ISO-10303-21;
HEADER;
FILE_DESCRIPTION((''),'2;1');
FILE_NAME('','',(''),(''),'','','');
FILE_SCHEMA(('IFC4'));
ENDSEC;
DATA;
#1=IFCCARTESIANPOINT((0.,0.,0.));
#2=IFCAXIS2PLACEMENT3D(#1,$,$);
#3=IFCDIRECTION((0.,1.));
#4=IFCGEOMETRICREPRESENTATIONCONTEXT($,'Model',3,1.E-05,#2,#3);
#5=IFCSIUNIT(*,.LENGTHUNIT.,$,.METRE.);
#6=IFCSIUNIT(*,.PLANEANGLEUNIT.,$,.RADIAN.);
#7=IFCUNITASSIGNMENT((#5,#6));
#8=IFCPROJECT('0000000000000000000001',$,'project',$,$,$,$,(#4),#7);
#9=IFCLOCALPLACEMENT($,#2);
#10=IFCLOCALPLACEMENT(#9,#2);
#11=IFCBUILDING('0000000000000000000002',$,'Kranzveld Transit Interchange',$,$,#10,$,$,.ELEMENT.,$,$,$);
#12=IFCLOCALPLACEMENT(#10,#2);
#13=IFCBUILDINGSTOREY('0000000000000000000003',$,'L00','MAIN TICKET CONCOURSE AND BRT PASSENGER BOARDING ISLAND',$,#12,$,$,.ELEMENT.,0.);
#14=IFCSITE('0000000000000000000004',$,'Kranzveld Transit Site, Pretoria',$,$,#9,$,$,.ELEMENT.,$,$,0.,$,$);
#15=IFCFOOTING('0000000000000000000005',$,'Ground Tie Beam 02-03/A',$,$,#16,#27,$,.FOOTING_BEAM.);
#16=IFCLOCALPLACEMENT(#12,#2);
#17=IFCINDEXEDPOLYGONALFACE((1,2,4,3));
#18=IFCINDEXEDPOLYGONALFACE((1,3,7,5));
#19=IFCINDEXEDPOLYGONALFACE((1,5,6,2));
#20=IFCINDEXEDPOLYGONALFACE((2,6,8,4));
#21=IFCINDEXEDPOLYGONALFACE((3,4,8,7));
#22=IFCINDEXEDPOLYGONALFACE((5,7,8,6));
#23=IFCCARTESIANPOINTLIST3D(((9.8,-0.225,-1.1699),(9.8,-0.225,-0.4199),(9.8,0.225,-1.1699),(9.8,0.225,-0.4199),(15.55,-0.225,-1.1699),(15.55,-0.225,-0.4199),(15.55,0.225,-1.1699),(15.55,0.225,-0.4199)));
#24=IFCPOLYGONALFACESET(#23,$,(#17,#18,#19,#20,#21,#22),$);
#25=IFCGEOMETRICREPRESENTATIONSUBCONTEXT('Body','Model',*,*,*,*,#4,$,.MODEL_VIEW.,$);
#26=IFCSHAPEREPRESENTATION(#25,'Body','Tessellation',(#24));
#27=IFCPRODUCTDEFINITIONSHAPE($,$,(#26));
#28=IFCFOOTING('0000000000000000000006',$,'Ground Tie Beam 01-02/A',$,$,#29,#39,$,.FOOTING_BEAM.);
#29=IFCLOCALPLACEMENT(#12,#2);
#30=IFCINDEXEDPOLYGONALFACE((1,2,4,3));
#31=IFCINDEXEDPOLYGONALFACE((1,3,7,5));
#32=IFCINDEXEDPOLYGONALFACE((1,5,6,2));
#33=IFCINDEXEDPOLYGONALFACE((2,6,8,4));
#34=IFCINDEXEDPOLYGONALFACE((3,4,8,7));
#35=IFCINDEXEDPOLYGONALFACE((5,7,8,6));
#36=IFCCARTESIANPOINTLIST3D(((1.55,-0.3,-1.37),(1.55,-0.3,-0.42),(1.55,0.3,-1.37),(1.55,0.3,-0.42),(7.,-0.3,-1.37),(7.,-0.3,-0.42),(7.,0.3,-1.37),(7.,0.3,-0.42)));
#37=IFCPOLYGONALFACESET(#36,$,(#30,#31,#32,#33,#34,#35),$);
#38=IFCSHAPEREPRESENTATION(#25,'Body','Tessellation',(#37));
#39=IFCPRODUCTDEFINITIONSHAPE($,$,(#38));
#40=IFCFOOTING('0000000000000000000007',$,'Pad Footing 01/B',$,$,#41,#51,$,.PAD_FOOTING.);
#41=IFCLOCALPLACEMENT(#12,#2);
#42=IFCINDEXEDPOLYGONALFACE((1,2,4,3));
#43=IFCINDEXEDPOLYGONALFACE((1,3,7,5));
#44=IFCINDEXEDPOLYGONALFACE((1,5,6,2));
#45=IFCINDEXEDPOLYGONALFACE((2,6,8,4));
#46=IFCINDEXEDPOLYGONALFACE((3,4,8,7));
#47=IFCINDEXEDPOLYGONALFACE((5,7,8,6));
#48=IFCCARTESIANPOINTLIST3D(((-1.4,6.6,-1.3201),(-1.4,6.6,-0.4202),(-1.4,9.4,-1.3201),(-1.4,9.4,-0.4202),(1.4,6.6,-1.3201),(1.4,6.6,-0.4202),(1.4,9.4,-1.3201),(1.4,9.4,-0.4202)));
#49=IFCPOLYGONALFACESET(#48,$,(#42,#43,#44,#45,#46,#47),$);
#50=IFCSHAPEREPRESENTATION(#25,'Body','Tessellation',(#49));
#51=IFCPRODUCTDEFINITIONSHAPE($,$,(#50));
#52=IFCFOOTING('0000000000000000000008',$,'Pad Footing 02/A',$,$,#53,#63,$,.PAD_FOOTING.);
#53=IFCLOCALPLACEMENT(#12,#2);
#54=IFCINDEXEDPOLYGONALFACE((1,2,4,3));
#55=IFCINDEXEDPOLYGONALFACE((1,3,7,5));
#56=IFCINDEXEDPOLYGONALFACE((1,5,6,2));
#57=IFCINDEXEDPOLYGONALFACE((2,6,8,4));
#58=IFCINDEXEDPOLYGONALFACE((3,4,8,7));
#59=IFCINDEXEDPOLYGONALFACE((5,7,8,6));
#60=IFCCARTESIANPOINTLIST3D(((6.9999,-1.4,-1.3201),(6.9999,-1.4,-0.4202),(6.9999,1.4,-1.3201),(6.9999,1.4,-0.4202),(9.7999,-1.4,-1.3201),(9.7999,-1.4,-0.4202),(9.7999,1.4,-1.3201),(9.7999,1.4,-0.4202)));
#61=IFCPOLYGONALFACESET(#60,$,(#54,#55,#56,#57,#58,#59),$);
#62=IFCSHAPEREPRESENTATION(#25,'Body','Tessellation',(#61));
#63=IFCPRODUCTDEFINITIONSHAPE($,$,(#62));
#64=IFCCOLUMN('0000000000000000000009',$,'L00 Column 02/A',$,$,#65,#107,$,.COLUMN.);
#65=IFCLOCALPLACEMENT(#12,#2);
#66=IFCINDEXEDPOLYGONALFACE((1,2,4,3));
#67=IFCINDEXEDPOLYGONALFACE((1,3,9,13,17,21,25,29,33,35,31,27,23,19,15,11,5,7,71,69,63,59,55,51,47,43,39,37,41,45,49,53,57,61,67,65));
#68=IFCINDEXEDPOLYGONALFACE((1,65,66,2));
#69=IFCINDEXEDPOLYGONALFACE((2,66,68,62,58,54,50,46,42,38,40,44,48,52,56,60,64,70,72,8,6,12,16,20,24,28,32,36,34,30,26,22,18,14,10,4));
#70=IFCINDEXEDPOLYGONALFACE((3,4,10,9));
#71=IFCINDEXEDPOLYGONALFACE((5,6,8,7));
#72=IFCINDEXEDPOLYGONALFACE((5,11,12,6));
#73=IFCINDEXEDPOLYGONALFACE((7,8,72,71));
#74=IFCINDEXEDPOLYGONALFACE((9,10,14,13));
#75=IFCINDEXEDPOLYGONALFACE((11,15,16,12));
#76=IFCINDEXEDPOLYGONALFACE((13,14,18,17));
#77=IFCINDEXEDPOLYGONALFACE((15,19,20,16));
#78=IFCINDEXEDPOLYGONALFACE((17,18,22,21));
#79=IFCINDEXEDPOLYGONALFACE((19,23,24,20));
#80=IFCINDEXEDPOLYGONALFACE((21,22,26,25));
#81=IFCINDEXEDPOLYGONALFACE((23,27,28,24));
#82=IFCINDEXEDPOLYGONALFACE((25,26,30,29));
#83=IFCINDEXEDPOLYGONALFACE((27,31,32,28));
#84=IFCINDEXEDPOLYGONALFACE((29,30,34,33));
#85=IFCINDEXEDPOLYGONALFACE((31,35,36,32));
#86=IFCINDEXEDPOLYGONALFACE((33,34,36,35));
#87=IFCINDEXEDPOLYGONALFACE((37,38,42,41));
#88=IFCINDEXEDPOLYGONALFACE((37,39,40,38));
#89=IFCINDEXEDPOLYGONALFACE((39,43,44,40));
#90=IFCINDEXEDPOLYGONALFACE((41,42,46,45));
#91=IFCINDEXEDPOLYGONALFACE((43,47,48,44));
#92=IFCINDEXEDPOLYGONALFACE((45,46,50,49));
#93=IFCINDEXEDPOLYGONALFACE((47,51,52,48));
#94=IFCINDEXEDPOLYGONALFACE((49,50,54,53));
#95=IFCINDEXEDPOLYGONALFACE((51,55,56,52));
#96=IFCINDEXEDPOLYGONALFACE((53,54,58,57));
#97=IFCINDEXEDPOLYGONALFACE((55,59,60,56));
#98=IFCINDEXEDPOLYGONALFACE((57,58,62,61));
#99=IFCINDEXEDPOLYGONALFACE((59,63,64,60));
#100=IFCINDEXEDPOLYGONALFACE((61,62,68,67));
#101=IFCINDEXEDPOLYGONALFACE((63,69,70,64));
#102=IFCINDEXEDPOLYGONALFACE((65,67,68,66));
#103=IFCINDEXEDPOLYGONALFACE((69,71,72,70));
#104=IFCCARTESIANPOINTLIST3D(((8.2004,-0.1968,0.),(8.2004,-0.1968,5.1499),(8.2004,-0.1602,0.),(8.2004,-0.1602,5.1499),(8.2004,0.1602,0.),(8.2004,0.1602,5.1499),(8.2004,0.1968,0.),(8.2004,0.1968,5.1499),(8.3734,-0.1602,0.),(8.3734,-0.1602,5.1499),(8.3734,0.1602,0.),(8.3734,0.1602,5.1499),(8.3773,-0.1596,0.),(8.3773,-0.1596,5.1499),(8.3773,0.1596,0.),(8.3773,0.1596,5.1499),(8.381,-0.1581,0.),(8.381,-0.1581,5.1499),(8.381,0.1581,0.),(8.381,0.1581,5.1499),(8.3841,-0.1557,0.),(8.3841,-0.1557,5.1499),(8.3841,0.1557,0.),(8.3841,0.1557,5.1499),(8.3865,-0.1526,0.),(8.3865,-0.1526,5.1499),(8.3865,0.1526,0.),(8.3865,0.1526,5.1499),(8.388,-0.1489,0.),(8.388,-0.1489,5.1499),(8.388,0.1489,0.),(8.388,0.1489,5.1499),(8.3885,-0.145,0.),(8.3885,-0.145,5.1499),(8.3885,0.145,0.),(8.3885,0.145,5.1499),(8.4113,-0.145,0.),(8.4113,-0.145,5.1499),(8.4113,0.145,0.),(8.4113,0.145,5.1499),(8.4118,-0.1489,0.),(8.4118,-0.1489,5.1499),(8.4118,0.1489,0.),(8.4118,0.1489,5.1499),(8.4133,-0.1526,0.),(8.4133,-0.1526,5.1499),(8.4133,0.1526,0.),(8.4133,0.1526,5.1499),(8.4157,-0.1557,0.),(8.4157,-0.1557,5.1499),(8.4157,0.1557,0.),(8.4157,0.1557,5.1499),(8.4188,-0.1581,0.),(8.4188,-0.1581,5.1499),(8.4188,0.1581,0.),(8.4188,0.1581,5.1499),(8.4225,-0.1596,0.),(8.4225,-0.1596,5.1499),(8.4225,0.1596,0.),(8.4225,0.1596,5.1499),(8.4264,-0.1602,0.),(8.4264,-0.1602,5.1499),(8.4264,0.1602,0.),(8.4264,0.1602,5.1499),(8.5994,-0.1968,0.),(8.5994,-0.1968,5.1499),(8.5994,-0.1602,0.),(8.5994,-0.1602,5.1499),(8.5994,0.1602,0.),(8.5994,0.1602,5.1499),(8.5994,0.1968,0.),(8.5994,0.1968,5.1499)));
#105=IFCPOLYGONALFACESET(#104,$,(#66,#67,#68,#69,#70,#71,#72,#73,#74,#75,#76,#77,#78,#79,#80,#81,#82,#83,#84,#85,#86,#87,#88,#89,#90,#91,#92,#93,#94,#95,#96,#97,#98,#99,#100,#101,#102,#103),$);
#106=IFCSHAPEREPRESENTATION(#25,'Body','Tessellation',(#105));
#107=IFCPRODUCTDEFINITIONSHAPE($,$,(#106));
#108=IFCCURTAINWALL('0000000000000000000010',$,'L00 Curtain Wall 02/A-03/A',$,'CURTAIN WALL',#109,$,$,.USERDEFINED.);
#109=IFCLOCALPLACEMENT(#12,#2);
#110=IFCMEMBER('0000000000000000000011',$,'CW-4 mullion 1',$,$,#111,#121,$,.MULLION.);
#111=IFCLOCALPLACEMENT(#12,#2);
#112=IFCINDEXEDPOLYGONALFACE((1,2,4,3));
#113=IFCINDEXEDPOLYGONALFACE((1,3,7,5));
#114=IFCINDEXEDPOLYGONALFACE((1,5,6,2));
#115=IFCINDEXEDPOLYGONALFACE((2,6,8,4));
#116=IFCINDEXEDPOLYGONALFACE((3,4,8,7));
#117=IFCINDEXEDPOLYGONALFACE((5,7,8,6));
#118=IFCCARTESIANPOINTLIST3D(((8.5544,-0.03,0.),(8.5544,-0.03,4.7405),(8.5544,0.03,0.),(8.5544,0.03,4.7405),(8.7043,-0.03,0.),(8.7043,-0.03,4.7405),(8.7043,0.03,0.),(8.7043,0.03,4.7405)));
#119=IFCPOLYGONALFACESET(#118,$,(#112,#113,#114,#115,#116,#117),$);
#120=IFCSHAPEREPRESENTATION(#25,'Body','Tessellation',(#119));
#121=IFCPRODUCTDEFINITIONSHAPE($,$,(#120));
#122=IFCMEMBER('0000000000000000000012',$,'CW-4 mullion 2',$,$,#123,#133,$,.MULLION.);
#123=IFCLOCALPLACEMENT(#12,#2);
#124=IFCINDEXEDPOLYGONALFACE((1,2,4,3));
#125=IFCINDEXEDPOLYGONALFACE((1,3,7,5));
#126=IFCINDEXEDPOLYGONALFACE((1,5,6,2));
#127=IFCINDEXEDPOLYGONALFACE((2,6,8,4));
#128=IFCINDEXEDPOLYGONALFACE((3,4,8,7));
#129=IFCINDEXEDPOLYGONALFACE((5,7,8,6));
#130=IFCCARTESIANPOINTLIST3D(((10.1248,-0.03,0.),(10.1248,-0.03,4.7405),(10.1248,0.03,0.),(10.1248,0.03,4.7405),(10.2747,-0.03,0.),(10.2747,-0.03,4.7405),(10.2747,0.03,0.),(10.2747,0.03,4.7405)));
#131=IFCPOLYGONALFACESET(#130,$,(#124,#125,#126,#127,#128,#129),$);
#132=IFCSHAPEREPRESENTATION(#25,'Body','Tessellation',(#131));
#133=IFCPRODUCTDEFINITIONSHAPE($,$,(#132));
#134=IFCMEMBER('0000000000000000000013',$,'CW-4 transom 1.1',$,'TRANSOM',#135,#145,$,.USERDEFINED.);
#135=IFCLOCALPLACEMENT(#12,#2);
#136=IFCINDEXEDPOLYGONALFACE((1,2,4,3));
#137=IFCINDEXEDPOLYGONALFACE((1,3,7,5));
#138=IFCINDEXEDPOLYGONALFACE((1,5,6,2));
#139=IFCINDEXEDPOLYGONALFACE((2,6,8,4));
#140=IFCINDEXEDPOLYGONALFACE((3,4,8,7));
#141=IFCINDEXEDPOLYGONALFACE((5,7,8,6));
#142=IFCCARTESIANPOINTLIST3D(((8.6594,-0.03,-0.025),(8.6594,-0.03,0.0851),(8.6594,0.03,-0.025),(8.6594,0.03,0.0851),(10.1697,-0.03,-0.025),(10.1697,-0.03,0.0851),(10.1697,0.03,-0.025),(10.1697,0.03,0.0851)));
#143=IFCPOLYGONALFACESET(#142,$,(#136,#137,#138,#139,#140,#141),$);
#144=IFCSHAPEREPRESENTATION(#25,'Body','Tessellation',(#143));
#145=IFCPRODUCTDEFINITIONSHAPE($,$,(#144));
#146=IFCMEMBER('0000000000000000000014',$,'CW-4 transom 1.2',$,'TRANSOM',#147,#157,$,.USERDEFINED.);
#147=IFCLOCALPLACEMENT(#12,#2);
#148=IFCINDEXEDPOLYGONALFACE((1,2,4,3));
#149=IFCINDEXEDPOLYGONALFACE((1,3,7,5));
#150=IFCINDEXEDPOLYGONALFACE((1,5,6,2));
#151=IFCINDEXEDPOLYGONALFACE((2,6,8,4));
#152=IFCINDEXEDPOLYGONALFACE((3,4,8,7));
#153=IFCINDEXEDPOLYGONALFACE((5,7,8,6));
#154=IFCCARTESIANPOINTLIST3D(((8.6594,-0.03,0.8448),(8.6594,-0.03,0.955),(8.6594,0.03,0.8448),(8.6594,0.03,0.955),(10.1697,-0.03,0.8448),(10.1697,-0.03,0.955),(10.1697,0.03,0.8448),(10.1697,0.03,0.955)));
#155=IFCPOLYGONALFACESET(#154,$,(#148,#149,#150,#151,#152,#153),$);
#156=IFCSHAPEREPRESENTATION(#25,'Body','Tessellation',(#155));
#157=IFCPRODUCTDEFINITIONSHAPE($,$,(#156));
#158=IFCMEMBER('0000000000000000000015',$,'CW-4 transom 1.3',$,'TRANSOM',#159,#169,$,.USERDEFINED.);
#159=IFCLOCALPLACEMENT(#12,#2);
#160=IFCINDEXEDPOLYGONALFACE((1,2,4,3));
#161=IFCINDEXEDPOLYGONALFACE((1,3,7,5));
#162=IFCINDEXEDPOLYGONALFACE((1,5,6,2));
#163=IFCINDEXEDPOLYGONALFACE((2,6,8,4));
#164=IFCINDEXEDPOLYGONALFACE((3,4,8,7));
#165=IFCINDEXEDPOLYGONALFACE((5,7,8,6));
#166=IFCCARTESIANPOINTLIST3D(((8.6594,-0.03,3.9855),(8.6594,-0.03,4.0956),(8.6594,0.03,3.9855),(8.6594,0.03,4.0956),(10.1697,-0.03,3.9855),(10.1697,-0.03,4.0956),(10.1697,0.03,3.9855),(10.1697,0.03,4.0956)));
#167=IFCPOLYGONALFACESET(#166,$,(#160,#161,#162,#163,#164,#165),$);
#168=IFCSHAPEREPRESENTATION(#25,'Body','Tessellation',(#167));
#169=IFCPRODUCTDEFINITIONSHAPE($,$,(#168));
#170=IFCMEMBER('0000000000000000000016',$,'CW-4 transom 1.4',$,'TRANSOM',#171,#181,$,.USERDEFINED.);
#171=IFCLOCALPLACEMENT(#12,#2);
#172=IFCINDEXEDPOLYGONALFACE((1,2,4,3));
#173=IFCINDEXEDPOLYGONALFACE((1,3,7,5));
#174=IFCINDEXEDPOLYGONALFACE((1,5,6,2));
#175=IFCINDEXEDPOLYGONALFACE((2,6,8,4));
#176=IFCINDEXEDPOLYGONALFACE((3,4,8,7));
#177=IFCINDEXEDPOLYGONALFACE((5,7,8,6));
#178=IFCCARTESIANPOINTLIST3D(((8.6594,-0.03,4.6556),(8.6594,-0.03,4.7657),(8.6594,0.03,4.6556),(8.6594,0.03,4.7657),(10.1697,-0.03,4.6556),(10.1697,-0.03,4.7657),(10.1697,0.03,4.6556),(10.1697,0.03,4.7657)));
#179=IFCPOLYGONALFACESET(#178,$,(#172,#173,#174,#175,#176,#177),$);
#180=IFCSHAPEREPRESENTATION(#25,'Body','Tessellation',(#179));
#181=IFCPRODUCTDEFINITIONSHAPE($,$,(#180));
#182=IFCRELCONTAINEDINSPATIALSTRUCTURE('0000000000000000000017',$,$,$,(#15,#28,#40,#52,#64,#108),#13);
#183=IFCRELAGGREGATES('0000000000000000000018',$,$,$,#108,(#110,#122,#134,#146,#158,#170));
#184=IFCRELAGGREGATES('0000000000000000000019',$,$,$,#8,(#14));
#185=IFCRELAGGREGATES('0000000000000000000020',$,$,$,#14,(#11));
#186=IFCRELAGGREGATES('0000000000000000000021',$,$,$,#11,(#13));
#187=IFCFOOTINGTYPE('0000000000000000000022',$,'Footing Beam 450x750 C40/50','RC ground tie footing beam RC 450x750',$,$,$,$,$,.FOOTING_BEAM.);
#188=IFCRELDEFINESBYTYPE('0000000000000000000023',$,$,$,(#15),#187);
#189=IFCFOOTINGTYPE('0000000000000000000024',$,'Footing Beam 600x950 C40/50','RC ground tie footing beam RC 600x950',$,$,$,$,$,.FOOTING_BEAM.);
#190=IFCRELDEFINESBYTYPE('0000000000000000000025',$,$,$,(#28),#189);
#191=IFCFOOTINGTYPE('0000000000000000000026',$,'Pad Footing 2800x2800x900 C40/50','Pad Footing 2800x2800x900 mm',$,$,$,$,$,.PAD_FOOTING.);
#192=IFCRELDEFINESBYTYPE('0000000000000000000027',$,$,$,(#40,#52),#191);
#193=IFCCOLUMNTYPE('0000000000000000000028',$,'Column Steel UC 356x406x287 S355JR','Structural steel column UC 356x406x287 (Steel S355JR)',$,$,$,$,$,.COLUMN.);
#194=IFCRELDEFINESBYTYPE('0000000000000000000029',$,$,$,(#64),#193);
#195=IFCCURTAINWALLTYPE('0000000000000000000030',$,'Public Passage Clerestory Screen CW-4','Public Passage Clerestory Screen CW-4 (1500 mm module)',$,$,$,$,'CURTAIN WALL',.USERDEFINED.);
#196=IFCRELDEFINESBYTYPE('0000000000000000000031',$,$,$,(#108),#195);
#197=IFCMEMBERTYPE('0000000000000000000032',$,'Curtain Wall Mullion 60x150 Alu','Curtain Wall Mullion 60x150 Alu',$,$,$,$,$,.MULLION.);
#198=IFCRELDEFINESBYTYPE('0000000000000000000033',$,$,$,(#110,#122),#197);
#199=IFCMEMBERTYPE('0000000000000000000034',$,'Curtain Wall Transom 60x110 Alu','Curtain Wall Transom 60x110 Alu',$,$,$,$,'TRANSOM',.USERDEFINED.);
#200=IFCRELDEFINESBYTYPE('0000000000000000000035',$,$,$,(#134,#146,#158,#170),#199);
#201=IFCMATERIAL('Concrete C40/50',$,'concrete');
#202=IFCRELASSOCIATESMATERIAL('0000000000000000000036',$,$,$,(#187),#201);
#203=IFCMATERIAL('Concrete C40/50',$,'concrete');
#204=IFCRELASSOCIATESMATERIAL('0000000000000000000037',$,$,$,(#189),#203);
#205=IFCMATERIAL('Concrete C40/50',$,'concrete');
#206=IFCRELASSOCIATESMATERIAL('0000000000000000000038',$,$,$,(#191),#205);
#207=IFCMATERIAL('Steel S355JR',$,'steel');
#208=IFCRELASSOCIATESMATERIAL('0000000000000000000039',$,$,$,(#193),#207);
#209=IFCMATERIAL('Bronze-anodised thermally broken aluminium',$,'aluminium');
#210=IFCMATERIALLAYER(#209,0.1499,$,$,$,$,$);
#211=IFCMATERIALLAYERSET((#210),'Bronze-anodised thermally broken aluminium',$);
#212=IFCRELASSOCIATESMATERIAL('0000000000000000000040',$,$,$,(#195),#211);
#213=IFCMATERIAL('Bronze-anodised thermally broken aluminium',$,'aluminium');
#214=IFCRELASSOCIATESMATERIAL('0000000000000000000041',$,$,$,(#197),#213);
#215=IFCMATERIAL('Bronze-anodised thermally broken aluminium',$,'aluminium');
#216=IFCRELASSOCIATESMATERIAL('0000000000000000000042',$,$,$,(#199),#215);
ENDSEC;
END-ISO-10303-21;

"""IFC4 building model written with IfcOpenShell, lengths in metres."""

from ifc_helpers import new_model, si_unit, direction, frame, origin, origin_2d, place, context, subcontext, project, spatial, rectangle, i_section, extrude, material, layer, layer_set, material_profile, profile_set, type_object, element, aggregate, save


model = new_model("IFC4")

# Units and contexts
model_context = context("Model", 3, precision=1e-05, world=origin(), true_north=direction((0.0, 1.0)))
body_context = subcontext(model_context, "Body", "Model", "MODEL_VIEW")
ifc_project = project(units=[si_unit("LENGTHUNIT", "METRE"), si_unit("PLANEANGLEUNIT", "RADIAN")], contexts=[model_context])

# Site, building, storey
site_placement = place(None, origin())
site = spatial("IfcSite", under=ifc_project, at=site_placement, Name="Kranzveld Transit Site, Pretoria", CompositionType="ELEMENT", RefElevation=0.0)
building_placement = place(site_placement, origin())
building = spatial("IfcBuilding", under=site, at=building_placement, Name="Kranzveld Transit Interchange", CompositionType="ELEMENT")
storey_placement = place(building_placement, origin())
storey = spatial("IfcBuildingStorey", under=building, at=storey_placement, Name="L00", Description="MAIN TICKET CONCOURSE AND BRT PASSENGER BOARDING ISLAND", CompositionType="ELEMENT", Elevation=0.0)

# Footings
ifc_material_1 = material(Name="Concrete C40/50", Category="concrete")
ifc_material_profile_1 = material_profile(ifc_material_1, rectangle(XDim=0.45, YDim=0.75, at=origin_2d()), Name="RC 450x750")
ifc_profile_set_1 = profile_set([ifc_material_profile_1], Name="Concrete C40/50")
footing_type_1 = type_object("IfcFootingType", Name="Footing Beam 450x750 C40/50", Description="RC ground tie footing beam RC 450x750", PredefinedType="FOOTING_BEAM", material=ifc_profile_set_1)
footing_1_placement = place(storey_placement, frame((9.8, 0.0, -0.7949), z_axis=(1.0, 0.0, 0.0), x_axis=(0.0, 1.0, 0.0)))
element("IfcFooting", 1, at=footing_1_placement, inside=storey, type_object=footing_type_1, Name="Ground Tie Beam 02-03/A", PredefinedType="FOOTING_BEAM", context=body_context, shape_type="SweptSolid", body=[
    extrude(rectangle(XDim=0.45, YDim=0.75, at=origin_2d()), origin(), (0.0, 0.0, 1.0), 5.75),
])
ifc_material_2 = material(Name="Concrete C40/50", Category="concrete")
ifc_material_profile_2 = material_profile(ifc_material_2, rectangle(XDim=0.6001, YDim=0.95, at=origin_2d()), Name="RC 600x950")
ifc_profile_set_2 = profile_set([ifc_material_profile_2], Name="Concrete C40/50")
footing_type_2 = type_object("IfcFootingType", Name="Footing Beam 600x950 C40/50", Description="RC ground tie footing beam RC 600x950", PredefinedType="FOOTING_BEAM", material=ifc_profile_set_2)
footing_2_placement = place(storey_placement, frame((1.55, 0.0, -0.895), z_axis=(1.0, 0.0, 0.0), x_axis=(0.0, 1.0, 0.0)))
element("IfcFooting", 2, at=footing_2_placement, inside=storey, type_object=footing_type_2, Name="Ground Tie Beam 01-02/A", PredefinedType="FOOTING_BEAM", context=body_context, shape_type="SweptSolid", body=[
    extrude(rectangle(XDim=0.6001, YDim=0.95, at=origin_2d()), origin(), (0.0, 0.0, 1.0), 5.45),
])
ifc_material_3 = material(Name="Concrete C40/50", Category="concrete")
footing_type_3 = type_object("IfcFootingType", Name="Pad Footing 2800x2800x900 C40/50", Description="Pad Footing 2800x2800x900 mm", PredefinedType="PAD_FOOTING", material=ifc_material_3)
for number, where, z_axis, x_axis, name in (
    (3, (0.0, 8.0, -1.3201), (0.0, 0.0, 1.0), (1.0, 0.0, 0.0), "Pad Footing 01/B"),
    (4, (8.3999, 0.0, -1.3201), (0.0, 0.0, 1.0), (1.0, 0.0, 0.0), "Pad Footing 02/A"),
):
    element("IfcFooting", number, at=place(storey_placement, frame(where, z_axis=z_axis, x_axis=x_axis)), inside=storey, type_object=footing_type_3, Name=name, PredefinedType="PAD_FOOTING", context=body_context, shape_type="SweptSolid", body=[
        extrude(rectangle(XDim=2.8, YDim=2.8, at=origin_2d()), origin(), (0.0, 0.0, 1.0), 0.8999),
    ])

# Column
ifc_material_4 = material(Name="Steel S355JR", Category="steel")
ifc_material_profile_3 = material_profile(ifc_material_4, i_section(OverallWidth=0.3989, OverallDepth=0.3936, WebThickness=0.0227, FlangeThickness=0.0366, FilletRadius=0.0151, at=origin_2d()), Name="UC 356x406x287")
ifc_profile_set_3 = profile_set([ifc_material_profile_3], Name="Steel S355JR")
column_type = type_object("IfcColumnType", Name="Column Steel UC 356x406x287 S355JR", Description="Structural steel column UC 356x406x287 (Steel S355JR)", PredefinedType="COLUMN", material=ifc_profile_set_3)
column_placement = place(storey_placement, frame((8.3999, 0.0, 0.0), z_axis=(0.0, 0.0, 1.0), x_axis=(1.0, 0.0, 0.0)))
element("IfcColumn", 5, at=column_placement, inside=storey, type_object=column_type, Name="L00 Column 02/A", PredefinedType="COLUMN", context=body_context, shape_type="SweptSolid", body=[
    extrude(i_section(OverallWidth=0.3989, OverallDepth=0.3936, WebThickness=0.0227, FlangeThickness=0.0366, FilletRadius=0.0151, at=origin_2d()), origin(), (0.0, 0.0, 1.0), 5.1499),
])

# Curtain wall, members
ifc_material_5 = material(Name="Bronze-anodised thermally broken aluminium", Category="aluminium")
ifc_layer_1 = layer(ifc_material_5, 0.1499)
ifc_layer_set_1 = layer_set([ifc_layer_1], Name="Bronze-anodised thermally broken aluminium")
curtain_wall_type = type_object("IfcCurtainWallType", Name="Public Passage Clerestory Screen CW-4", Description="Public Passage Clerestory Screen CW-4 (1500 mm module)", ElementType="CURTAIN WALL", PredefinedType="USERDEFINED", material=ifc_layer_set_1)
curtain_wall_placement = place(storey_placement, origin())
curtain_wall = element("IfcCurtainWall", 6, at=curtain_wall_placement, inside=storey, type_object=curtain_wall_type, Name="L00 Curtain Wall 02/A-03/A", ObjectType="CURTAIN WALL", PredefinedType="USERDEFINED")
ifc_material_6 = material(Name="Bronze-anodised thermally broken aluminium", Category="aluminium")
ifc_material_profile_4 = material_profile(ifc_material_6, rectangle(XDim=0.0601, YDim=0.1499, at=origin_2d()), Name="ALU MULLION 60x150")
ifc_profile_set_4 = profile_set([ifc_material_profile_4], Name="Bronze-anodised thermally broken aluminium")
member_type_1 = type_object("IfcMemberType", Name="Curtain Wall Mullion 60x150 Alu", Description="Curtain Wall Mullion 60x150 Alu", PredefinedType="MULLION", material=ifc_profile_set_4)
member_1_placement = place(storey_placement, frame((8.6294, 0.0, 0.0), z_axis=(0.0, 0.0, 1.0), x_axis=(0.0, 1.0, 0.0)))
member_1 = element("IfcMember", 7, at=member_1_placement, type_object=member_type_1, Name="CW-4 mullion 1", PredefinedType="MULLION", context=body_context, shape_type="SweptSolid", body=[
    extrude(rectangle(XDim=0.0601, YDim=0.1499, at=origin_2d()), origin(), (0.0, 0.0, 1.0), 4.7405),
])
member_2_placement = place(storey_placement, frame((10.1997, 0.0, 0.0), z_axis=(0.0, 0.0, 1.0), x_axis=(0.0, 1.0, 0.0)))
member_2 = element("IfcMember", 8, at=member_2_placement, type_object=member_type_1, Name="CW-4 mullion 2", PredefinedType="MULLION", context=body_context, shape_type="SweptSolid", body=[
    extrude(rectangle(XDim=0.0601, YDim=0.1499, at=origin_2d()), origin(), (0.0, 0.0, 1.0), 4.7405),
])
ifc_material_7 = material(Name="Bronze-anodised thermally broken aluminium", Category="aluminium")
ifc_material_profile_5 = material_profile(ifc_material_7, rectangle(XDim=0.0601, YDim=0.1101, at=origin_2d()), Name="ALU TRANSOM 60x110")
ifc_profile_set_5 = profile_set([ifc_material_profile_5], Name="Bronze-anodised thermally broken aluminium")
member_type_2 = type_object("IfcMemberType", Name="Curtain Wall Transom 60x110 Alu", Description="Curtain Wall Transom 60x110 Alu", ElementType="TRANSOM", PredefinedType="USERDEFINED", material=ifc_profile_set_5)
member_3_placement = place(storey_placement, frame((8.6594, 0.0, 0.03), z_axis=(1.0, 0.0, 0.0), x_axis=(0.0, 1.0, 0.0)))
member_3 = element("IfcMember", 9, at=member_3_placement, type_object=member_type_2, Name="CW-4 transom 1.1", ObjectType="TRANSOM", PredefinedType="USERDEFINED", context=body_context, shape_type="SweptSolid", body=[
    extrude(rectangle(XDim=0.0601, YDim=0.1101, at=origin_2d()), origin(), (0.0, 0.0, 1.0), 1.5103),
])
member_4_placement = place(storey_placement, frame((8.6594, 0.0, 0.8999), z_axis=(1.0, 0.0, 0.0), x_axis=(0.0, 1.0, 0.0)))
member_4 = element("IfcMember", 10, at=member_4_placement, type_object=member_type_2, Name="CW-4 transom 1.2", ObjectType="TRANSOM", PredefinedType="USERDEFINED", context=body_context, shape_type="SweptSolid", body=[
    extrude(rectangle(XDim=0.0601, YDim=0.1101, at=origin_2d()), origin(), (0.0, 0.0, 1.0), 1.5103),
])
member_5_placement = place(storey_placement, frame((8.6594, 0.0, 4.0405), z_axis=(1.0, 0.0, 0.0), x_axis=(0.0, 1.0, 0.0)))
member_5 = element("IfcMember", 11, at=member_5_placement, type_object=member_type_2, Name="CW-4 transom 1.3", ObjectType="TRANSOM", PredefinedType="USERDEFINED", context=body_context, shape_type="SweptSolid", body=[
    extrude(rectangle(XDim=0.0601, YDim=0.1101, at=origin_2d()), origin(), (0.0, 0.0, 1.0), 1.5103),
])
member_6_placement = place(storey_placement, frame((8.6594, 0.0, 4.7107), z_axis=(1.0, 0.0, 0.0), x_axis=(0.0, 1.0, 0.0)))
member_6 = element("IfcMember", 12, at=member_6_placement, type_object=member_type_2, Name="CW-4 transom 1.4", ObjectType="TRANSOM", PredefinedType="USERDEFINED", context=body_context, shape_type="SweptSolid", body=[
    extrude(rectangle(XDim=0.0601, YDim=0.1101, at=origin_2d()), origin(), (0.0, 0.0, 1.0), 1.5103),
])

aggregate(curtain_wall, [member_1, member_2, member_3, member_4, member_5, member_6])

save(model, "model.ifc")
